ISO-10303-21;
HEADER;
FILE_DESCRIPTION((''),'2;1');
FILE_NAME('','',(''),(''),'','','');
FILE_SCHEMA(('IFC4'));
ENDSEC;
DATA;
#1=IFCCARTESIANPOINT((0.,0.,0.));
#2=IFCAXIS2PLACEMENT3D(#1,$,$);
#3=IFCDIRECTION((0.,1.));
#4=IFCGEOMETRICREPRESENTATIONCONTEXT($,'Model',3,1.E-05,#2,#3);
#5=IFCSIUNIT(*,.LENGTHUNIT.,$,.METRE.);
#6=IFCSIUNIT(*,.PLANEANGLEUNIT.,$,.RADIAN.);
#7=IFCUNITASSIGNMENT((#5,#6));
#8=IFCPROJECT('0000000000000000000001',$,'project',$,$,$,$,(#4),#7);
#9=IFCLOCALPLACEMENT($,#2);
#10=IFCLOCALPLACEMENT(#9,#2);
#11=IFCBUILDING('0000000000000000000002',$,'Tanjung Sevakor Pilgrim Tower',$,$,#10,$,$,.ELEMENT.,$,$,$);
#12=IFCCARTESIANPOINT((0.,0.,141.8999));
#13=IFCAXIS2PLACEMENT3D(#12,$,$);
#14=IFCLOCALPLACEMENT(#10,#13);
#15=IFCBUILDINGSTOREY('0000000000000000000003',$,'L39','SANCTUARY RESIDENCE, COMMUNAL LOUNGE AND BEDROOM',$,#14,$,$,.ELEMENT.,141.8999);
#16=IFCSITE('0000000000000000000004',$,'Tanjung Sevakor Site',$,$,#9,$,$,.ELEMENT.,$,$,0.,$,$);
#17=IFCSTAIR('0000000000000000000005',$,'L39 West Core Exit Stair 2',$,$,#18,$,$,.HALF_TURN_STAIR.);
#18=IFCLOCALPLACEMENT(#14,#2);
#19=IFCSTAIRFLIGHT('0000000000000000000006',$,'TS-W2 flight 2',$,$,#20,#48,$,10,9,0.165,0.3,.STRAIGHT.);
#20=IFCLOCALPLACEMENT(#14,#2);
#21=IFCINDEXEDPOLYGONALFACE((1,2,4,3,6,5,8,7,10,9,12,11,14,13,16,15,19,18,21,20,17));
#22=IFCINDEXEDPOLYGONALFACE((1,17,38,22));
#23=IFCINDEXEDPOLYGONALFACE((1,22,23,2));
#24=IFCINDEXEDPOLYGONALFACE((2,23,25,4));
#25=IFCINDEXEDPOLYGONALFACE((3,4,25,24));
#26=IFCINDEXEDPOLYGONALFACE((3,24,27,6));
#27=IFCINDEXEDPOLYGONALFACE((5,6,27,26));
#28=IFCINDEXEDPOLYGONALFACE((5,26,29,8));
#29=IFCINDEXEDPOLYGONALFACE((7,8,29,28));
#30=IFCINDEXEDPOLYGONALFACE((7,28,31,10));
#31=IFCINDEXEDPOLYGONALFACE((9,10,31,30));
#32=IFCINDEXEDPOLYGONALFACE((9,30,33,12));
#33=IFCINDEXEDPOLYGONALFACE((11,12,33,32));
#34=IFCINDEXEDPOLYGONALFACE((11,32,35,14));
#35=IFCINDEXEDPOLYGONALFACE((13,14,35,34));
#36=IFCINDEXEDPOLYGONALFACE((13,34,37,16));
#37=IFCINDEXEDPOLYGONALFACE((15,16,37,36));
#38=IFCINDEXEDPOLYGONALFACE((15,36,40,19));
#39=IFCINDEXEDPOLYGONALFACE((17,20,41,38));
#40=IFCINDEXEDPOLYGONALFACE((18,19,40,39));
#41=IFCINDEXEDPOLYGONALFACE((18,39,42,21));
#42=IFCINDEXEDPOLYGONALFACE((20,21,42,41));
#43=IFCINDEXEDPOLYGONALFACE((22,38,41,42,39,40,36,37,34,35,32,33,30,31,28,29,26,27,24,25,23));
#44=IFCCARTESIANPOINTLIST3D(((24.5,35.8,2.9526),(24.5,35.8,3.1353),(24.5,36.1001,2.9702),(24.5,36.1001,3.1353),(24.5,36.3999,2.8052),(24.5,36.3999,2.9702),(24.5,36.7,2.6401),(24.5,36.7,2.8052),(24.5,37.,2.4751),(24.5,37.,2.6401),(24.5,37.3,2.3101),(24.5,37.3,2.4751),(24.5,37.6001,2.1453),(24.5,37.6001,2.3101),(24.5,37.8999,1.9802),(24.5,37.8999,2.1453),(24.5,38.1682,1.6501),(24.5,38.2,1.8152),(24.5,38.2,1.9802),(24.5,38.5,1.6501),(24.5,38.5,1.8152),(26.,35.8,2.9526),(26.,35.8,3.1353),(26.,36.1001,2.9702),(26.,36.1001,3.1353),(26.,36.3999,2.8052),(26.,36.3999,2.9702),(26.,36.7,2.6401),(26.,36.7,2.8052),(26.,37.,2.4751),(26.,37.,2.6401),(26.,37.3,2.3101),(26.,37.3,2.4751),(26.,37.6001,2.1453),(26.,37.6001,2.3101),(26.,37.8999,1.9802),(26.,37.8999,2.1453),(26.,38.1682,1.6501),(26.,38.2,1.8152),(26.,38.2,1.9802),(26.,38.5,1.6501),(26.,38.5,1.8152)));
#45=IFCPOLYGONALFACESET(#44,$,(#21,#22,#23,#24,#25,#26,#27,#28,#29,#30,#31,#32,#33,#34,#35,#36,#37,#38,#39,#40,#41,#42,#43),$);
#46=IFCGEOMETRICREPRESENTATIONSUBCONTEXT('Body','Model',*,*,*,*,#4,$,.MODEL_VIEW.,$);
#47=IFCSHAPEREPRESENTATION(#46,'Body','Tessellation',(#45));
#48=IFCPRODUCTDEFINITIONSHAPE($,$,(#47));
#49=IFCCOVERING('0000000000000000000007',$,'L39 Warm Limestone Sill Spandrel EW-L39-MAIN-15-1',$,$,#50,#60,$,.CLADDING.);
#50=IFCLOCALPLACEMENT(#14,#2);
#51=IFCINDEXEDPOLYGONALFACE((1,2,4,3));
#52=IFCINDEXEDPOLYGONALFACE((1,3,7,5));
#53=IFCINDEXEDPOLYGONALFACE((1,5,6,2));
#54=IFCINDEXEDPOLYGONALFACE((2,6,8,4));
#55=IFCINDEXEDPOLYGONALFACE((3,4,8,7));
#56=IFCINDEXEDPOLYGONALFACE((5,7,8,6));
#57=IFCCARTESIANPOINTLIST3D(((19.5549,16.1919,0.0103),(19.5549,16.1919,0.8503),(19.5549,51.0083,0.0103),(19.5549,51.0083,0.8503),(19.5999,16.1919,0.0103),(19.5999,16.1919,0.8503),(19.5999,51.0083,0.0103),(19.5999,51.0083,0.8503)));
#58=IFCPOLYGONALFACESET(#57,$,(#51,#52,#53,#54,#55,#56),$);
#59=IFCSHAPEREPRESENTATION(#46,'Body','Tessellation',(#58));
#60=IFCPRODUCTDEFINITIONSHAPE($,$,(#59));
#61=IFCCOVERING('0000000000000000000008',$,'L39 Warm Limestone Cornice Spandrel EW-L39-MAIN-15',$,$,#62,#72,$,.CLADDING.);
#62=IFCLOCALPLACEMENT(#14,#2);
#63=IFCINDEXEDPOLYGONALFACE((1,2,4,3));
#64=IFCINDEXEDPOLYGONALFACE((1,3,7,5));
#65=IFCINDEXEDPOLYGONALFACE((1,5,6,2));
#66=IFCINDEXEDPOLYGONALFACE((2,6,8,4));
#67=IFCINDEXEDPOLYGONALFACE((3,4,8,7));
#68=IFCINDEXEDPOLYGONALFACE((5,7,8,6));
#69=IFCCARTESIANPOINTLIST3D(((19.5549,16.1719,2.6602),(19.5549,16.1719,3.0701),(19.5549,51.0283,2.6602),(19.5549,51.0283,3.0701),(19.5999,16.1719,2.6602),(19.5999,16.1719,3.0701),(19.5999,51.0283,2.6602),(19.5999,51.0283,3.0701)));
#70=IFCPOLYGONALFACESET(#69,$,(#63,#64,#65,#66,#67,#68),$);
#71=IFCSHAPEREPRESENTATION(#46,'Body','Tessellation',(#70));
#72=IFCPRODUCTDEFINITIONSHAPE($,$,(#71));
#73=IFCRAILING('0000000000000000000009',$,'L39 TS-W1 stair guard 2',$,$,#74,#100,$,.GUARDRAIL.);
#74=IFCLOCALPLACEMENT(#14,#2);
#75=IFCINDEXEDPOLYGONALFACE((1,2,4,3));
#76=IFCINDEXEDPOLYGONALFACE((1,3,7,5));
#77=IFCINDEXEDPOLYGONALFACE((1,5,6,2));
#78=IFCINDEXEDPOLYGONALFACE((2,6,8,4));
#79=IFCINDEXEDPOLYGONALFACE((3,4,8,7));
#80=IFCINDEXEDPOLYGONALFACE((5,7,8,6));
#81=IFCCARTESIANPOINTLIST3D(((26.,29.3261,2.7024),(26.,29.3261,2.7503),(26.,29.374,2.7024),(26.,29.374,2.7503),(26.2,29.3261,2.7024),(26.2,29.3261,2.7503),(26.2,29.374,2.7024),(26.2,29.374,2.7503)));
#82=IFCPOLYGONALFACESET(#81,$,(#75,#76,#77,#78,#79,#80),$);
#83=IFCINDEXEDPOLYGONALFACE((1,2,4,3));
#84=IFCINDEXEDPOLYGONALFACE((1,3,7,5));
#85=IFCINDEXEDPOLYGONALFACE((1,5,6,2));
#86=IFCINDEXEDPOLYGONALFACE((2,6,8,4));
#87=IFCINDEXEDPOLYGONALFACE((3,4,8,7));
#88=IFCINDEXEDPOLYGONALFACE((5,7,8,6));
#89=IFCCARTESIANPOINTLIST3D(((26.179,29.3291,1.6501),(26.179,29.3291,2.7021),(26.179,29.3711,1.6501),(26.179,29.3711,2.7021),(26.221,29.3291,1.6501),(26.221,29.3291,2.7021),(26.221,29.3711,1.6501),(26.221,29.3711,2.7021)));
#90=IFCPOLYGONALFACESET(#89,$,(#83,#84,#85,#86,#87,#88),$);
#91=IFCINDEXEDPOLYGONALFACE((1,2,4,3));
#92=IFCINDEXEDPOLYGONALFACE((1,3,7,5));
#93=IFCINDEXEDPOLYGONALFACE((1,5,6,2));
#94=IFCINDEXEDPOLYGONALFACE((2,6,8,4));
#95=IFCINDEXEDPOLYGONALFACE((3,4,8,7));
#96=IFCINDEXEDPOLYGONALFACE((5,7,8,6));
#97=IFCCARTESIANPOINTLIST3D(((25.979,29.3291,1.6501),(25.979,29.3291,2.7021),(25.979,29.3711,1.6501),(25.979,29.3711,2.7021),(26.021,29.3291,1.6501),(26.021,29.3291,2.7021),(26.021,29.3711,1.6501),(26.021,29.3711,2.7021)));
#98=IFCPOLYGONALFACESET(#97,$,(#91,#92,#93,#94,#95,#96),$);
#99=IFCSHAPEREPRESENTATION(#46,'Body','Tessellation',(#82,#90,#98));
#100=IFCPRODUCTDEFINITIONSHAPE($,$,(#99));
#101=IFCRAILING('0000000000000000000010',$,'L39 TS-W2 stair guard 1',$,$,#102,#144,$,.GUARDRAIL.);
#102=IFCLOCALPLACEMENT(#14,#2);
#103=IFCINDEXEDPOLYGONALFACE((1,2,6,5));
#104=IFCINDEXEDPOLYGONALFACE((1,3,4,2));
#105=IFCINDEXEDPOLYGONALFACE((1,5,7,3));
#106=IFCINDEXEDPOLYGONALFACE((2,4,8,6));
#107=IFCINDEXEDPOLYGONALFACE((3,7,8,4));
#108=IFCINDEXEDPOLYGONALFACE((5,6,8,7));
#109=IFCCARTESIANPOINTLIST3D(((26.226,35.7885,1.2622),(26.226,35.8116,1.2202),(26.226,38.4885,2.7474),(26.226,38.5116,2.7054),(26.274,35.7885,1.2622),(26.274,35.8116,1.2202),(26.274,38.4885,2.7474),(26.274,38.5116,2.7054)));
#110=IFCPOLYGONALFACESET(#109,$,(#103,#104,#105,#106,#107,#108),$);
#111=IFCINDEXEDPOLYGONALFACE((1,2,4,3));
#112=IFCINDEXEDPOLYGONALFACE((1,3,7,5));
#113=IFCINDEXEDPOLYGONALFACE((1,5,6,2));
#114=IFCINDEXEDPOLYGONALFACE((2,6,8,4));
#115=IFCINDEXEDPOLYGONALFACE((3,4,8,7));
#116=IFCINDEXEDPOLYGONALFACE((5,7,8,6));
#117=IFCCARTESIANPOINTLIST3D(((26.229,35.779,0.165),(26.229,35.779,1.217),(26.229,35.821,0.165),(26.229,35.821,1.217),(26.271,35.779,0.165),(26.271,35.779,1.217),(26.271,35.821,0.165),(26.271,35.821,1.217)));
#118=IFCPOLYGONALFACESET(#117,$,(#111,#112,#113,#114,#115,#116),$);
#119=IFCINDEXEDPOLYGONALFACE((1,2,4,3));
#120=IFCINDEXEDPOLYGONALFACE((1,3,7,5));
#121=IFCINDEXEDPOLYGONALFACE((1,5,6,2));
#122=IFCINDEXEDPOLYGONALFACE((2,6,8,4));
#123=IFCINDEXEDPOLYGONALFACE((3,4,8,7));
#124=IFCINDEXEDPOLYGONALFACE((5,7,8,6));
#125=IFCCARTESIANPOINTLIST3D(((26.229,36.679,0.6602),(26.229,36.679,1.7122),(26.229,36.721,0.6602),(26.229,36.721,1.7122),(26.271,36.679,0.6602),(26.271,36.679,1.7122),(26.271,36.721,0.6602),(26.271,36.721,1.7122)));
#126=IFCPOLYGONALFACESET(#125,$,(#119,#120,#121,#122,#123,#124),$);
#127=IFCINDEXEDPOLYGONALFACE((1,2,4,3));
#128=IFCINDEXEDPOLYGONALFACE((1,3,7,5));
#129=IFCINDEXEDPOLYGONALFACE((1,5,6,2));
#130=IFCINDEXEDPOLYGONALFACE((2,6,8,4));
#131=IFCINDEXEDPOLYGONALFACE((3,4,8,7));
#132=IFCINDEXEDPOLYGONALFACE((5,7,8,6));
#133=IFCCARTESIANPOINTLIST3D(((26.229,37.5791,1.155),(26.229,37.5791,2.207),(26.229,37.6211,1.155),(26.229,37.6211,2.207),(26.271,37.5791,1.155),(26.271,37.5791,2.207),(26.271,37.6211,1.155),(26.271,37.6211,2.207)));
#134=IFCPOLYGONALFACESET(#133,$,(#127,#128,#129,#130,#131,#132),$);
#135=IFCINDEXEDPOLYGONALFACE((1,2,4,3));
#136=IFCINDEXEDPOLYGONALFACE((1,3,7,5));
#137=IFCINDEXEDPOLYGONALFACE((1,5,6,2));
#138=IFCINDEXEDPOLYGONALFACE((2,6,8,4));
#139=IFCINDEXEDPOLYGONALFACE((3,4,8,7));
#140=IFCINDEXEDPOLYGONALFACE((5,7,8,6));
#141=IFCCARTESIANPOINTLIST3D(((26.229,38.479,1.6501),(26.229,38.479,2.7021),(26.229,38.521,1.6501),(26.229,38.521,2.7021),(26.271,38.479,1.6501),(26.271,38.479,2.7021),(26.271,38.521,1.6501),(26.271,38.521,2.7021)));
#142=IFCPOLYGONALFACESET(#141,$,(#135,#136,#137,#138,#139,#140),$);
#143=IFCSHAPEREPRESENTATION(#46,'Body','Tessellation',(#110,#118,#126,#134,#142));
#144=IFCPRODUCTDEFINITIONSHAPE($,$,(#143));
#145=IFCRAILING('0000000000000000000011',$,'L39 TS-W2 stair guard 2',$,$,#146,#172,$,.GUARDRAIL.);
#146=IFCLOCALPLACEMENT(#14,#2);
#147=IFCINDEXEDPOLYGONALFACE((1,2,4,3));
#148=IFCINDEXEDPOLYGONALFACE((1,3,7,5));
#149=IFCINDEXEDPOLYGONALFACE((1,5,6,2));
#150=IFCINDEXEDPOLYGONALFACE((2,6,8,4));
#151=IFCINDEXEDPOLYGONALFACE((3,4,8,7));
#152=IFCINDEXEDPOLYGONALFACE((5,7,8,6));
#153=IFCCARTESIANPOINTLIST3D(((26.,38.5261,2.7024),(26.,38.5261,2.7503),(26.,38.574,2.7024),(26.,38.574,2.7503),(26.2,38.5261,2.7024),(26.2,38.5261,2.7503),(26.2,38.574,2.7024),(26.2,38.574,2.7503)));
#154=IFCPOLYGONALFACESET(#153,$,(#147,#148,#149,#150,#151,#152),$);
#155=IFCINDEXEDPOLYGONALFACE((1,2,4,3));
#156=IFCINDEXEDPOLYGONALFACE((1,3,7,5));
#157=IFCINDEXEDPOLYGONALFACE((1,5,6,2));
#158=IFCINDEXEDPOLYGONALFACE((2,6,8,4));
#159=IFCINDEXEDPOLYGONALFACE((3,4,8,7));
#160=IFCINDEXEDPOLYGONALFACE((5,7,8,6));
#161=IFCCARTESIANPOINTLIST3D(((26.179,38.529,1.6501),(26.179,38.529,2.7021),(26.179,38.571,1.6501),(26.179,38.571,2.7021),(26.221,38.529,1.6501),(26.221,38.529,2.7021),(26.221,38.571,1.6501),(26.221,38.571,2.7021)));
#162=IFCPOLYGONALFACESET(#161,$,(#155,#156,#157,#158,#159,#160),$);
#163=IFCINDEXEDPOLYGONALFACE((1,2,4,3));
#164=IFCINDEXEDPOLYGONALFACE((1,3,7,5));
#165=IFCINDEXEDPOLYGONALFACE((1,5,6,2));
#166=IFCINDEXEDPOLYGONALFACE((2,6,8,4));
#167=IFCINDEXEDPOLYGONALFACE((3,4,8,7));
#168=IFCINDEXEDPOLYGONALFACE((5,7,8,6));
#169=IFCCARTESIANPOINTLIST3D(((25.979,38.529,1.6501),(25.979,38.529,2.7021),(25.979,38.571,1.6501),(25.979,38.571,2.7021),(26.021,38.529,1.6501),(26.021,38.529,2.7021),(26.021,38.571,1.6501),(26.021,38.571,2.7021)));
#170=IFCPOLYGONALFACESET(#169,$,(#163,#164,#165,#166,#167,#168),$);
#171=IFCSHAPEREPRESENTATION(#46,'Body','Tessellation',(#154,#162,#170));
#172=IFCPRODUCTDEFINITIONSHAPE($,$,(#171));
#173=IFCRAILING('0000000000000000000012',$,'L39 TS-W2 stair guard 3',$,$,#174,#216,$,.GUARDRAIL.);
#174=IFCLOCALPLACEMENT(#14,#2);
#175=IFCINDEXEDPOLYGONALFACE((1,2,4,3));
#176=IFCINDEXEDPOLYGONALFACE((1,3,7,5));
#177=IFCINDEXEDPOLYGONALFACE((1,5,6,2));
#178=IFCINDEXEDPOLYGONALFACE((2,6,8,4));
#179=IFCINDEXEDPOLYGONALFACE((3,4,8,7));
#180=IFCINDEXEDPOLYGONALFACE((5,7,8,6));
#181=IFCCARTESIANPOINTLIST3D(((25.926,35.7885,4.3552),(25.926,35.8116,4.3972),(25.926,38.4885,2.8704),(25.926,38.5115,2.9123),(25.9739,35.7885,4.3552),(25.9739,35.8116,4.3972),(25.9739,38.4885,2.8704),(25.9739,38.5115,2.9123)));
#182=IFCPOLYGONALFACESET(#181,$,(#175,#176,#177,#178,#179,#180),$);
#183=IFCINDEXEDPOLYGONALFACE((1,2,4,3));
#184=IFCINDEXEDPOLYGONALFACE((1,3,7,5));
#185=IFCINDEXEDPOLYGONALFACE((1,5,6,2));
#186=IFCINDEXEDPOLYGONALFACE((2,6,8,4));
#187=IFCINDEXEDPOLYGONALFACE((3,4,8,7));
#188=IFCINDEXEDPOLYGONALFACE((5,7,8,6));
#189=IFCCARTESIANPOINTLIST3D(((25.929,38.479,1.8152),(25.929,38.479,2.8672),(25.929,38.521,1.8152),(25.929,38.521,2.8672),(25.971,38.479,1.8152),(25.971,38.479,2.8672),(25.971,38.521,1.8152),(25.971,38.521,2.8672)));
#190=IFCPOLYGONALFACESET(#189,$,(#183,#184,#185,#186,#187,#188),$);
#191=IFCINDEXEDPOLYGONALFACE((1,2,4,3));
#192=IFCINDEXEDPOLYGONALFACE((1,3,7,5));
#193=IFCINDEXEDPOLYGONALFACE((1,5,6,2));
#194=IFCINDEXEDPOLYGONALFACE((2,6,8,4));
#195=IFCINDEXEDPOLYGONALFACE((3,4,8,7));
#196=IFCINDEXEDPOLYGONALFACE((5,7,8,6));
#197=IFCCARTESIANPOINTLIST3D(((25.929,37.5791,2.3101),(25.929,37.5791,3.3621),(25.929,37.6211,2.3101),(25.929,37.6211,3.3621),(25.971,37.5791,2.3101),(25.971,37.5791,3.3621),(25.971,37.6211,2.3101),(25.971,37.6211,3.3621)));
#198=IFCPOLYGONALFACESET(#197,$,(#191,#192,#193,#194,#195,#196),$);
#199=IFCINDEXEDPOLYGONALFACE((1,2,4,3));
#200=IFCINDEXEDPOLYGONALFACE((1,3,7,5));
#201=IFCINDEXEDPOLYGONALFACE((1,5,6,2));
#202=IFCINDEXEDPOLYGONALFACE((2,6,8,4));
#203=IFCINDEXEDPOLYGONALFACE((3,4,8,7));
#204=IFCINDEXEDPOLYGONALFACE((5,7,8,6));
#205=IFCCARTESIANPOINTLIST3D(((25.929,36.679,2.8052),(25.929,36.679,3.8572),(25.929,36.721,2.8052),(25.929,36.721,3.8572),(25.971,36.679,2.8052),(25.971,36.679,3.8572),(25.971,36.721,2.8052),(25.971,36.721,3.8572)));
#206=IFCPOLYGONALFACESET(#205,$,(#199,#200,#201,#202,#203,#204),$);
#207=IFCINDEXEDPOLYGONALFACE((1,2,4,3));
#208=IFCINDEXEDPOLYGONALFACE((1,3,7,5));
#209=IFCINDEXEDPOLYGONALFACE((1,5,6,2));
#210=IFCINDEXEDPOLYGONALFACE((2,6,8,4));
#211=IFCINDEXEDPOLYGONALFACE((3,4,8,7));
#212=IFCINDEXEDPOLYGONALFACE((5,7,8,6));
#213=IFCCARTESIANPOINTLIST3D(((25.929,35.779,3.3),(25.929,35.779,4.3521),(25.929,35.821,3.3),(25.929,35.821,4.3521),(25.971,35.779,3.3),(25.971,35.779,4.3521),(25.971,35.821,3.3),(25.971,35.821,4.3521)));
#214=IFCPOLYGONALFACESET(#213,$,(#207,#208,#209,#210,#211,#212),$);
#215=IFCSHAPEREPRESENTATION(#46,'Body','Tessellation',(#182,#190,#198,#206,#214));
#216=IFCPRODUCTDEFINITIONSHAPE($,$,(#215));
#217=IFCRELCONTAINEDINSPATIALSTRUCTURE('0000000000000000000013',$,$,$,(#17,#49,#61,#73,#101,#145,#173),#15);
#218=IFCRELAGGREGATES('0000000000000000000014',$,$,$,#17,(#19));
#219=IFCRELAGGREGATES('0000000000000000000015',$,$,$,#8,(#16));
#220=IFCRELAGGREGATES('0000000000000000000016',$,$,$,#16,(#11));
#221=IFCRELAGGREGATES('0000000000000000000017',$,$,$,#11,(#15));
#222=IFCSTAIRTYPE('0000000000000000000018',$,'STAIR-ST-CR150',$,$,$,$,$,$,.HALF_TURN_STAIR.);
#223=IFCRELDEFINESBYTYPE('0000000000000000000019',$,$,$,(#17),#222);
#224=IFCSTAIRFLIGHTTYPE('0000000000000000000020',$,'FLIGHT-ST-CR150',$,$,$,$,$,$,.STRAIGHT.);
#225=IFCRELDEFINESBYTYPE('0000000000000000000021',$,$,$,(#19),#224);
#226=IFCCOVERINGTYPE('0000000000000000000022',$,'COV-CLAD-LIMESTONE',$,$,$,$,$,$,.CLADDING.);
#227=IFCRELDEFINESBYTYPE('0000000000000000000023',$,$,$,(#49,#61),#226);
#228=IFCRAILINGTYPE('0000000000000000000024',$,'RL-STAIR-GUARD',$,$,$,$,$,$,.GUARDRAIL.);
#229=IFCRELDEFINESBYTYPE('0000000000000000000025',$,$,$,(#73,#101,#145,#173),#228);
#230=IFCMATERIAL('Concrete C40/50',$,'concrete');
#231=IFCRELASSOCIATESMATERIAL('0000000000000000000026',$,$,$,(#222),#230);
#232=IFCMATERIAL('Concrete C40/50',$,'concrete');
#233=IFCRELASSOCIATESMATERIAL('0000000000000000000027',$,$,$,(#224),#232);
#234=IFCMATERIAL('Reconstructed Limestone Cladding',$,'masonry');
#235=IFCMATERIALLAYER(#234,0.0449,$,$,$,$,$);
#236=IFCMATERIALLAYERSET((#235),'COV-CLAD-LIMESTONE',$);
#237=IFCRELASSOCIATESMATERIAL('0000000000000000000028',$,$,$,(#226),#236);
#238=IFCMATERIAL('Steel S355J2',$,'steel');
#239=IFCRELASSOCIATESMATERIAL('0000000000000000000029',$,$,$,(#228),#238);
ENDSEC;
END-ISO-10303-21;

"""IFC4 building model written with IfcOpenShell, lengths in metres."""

from ifc_helpers import new_model, si_unit, direction, frame, origin, origin_2d, place, context, subcontext, project, spatial, polyline, rectangle, outline, extrude, material, layer, layer_set, type_object, element, aggregate, save


model = new_model("IFC4")

# Units and contexts
model_context = context("Model", 3, precision=1e-05, world=origin(), true_north=direction((0.0, 1.0)))
body_context = subcontext(model_context, "Body", "Model", "MODEL_VIEW")
ifc_project = project(units=[si_unit("LENGTHUNIT", "METRE"), si_unit("PLANEANGLEUNIT", "RADIAN")], contexts=[model_context])

# Site, building, storey
site_placement = place(None, origin())
site = spatial("IfcSite", under=ifc_project, at=site_placement, Name="Tanjung Sevakor Site", CompositionType="ELEMENT", RefElevation=0.0)
building_placement = place(site_placement, origin())
building = spatial("IfcBuilding", under=site, at=building_placement, Name="Tanjung Sevakor Pilgrim Tower", CompositionType="ELEMENT")
storey_placement = place(building_placement, frame((0.0, 0.0, 141.8999)))
storey = spatial("IfcBuildingStorey", under=building, at=storey_placement, Name="L39", Description="SANCTUARY RESIDENCE, COMMUNAL LOUNGE AND BEDROOM", CompositionType="ELEMENT", Elevation=141.8999)

# Stair, stair flight
ifc_material_1 = material(Name="Concrete C40/50", Category="concrete")
stair_type = type_object("IfcStairType", Name="STAIR-ST-CR150", PredefinedType="HALF_TURN_STAIR", material=ifc_material_1)
stair_placement = place(storey_placement, origin())
stair = element("IfcStair", 1, at=stair_placement, inside=storey, type_object=stair_type, Name="L39 West Core Exit Stair 2", PredefinedType="HALF_TURN_STAIR")
ifc_material_2 = material(Name="Concrete C40/50", Category="concrete")
stair_flight_type = type_object("IfcStairFlightType", Name="FLIGHT-ST-CR150", PredefinedType="STRAIGHT", material=ifc_material_2)
stair_flight_1_placement = place(storey_placement, frame((25.25, 38.5, 1.6501), z_axis=(0.0, 0.0, 1.0), x_axis=(0.0, -1.0, 0.0)))
stair_flight_1 = element("IfcStairFlight", 2, at=stair_flight_1_placement, type_object=stair_flight_type, Name="TS-W2 flight 2", NumberOfRisers=10, NumberOfTreads=9, PredefinedType="STRAIGHT", RiserHeight=0.165, TreadLength=0.3, context=body_context, shape_type="SweptSolid", body=[
    extrude(outline(polyline([(0.0, 0.0), (0.0, 0.165), (0.3, 0.165), (0.3, 0.3301), (0.6001, 0.3301), (0.6001, 0.4951), (0.8999, 0.4951), (0.8999, 0.6599), (1.2, 0.6599), (1.2, 0.825), (1.5, 0.825), (1.5, 0.99), (1.8, 0.99), (1.8, 1.155), (2.1001, 1.155), (2.1001, 1.3201), (2.3999, 1.3201), (2.3999, 1.4851), (2.7, 1.4851), (2.7, 1.6499), (2.7, 1.3025), (0.3318, 0.0), (0.0, 0.0)])), frame((0.0, 0.75, 0.0), z_axis=(0.0, -1.0, 0.0), x_axis=(1.0, 0.0, 0.0)), (0.0, 0.0, 1.0), 1.5),
])
aggregate(stair, [stair_flight_1])

# Coverings
ifc_material_3 = material(Name="Reconstructed Limestone Cladding", Category="masonry")
ifc_layer_1 = layer(ifc_material_3, 0.0449)
ifc_layer_set_1 = layer_set([ifc_layer_1], Name="COV-CLAD-LIMESTONE")
covering_type = type_object("IfcCoveringType", Name="COV-CLAD-LIMESTONE", PredefinedType="CLADDING", material=ifc_layer_set_1)
covering_1_placement = place(storey_placement, frame((19.5774, 33.6001, 0.0103), z_axis=(0.0, 0.0, 1.0), x_axis=(0.0, -1.0, 0.0)))
element("IfcCovering", 3, at=covering_1_placement, inside=storey, type_object=covering_type, Name="L39 Warm Limestone Sill Spandrel EW-L39-MAIN-15-1", PredefinedType="CLADDING", context=body_context, shape_type="SweptSolid", body=[
    extrude(rectangle(XDim=34.8164, YDim=0.0449, at=origin_2d()), origin(), (0.0, 0.0, 1.0), 0.8401),
])
covering_2_placement = place(storey_placement, frame((19.5774, 33.6001, 2.6602), z_axis=(0.0, 0.0, 1.0), x_axis=(0.0, -1.0, 0.0)))
element("IfcCovering", 4, at=covering_2_placement, inside=storey, type_object=covering_type, Name="L39 Warm Limestone Cornice Spandrel EW-L39-MAIN-15", PredefinedType="CLADDING", context=body_context, shape_type="SweptSolid", body=[
    extrude(rectangle(XDim=34.8564, YDim=0.0449, at=origin_2d()), origin(), (0.0, 0.0, 1.0), 0.4099),
])

# Railings
ifc_material_4 = material(Name="Steel S355J2", Category="steel")
railing_type_1 = type_object("IfcRailingType", Name="RL-STAIR-GUARD", PredefinedType="GUARDRAIL", material=ifc_material_4)
railing_1_placement = place(storey_placement, frame((26.2, 29.3501, 1.6501)))
element("IfcRailing", 5, at=railing_1_placement, inside=storey, type_object=railing_type_1, Name="L39 TS-W1 stair guard 2", PredefinedType="GUARDRAIL", context=body_context, shape_type="SweptSolid", body=[
    extrude(rectangle(XDim=0.0479, YDim=0.0479), frame((0.0, 0.0, 1.0762), z_axis=(-1.0, 0.0, 0.0), x_axis=(0.0, -1.0, 0.0)), (0.0, 0.0, 1.0), 0.2),
    extrude(rectangle(XDim=0.042, YDim=0.042), origin(), (0.0, 0.0, 1.0), 1.052),
    extrude(rectangle(XDim=0.042, YDim=0.042), frame((-0.2, 0.0, 0.0)), (0.0, 0.0, 1.0), 1.052),
])
railing_2_placement = place(storey_placement, frame((26.25, 35.8, 0.165)))
element("IfcRailing", 6, at=railing_2_placement, inside=storey, type_object=railing_type_1, Name="L39 TS-W2 stair guard 1", PredefinedType="GUARDRAIL", context=body_context, shape_type="SweptSolid", body=[
    extrude(rectangle(XDim=0.0479, YDim=0.0479), frame((0.0, 0.0, 1.0762), z_axis=(0.0, 0.876198, 0.481952), x_axis=(-1.0, 0.0, 0.0)), (0.0, 0.0, 1.0), 3.0815),
    extrude(rectangle(XDim=0.042, YDim=0.042), origin(), (0.0, 0.0, 1.0), 1.052),
    extrude(rectangle(XDim=0.042, YDim=0.042), frame((0.0, 0.8999, 0.4951)), (0.0, 0.0, 1.0), 1.052),
    extrude(rectangle(XDim=0.042, YDim=0.042), frame((0.0, 1.8, 0.99)), (0.0, 0.0, 1.0), 1.052),
    extrude(rectangle(XDim=0.042, YDim=0.042), frame((0.0, 2.7, 1.4851)), (0.0, 0.0, 1.0), 1.052),
])
railing_3_placement = place(storey_placement, frame((26.2, 38.55, 1.6501)))
element("IfcRailing", 7, at=railing_3_placement, inside=storey, type_object=railing_type_1, Name="L39 TS-W2 stair guard 2", PredefinedType="GUARDRAIL", context=body_context, shape_type="SweptSolid", body=[
    extrude(rectangle(XDim=0.0479, YDim=0.0479), frame((0.0, 0.0, 1.0762), z_axis=(-1.0, 0.0, 0.0), x_axis=(0.0, -1.0, 0.0)), (0.0, 0.0, 1.0), 0.2),
    extrude(rectangle(XDim=0.042, YDim=0.042), origin(), (0.0, 0.0, 1.0), 1.052),
    extrude(rectangle(XDim=0.042, YDim=0.042), frame((-0.2, 0.0, 0.0)), (0.0, 0.0, 1.0), 1.052),
])
railing_4_placement = place(storey_placement, frame((25.95, 38.5, 1.8152)))
element("IfcRailing", 8, at=railing_4_placement, inside=storey, type_object=railing_type_1, Name="L39 TS-W2 stair guard 3", PredefinedType="GUARDRAIL", context=body_context, shape_type="SweptSolid", body=[
    extrude(rectangle(XDim=0.0479, YDim=0.0479), frame((0.0, 0.0, 1.0762), z_axis=(0.0, -0.876231, 0.481891), x_axis=(1.0, 0.0, 0.0)), (0.0, 0.0, 1.0), 3.0813),
    extrude(rectangle(XDim=0.042, YDim=0.042), origin(), (0.0, 0.0, 1.0), 1.052),
    extrude(rectangle(XDim=0.042, YDim=0.042), frame((0.0, -0.8999, 0.4949)), (0.0, 0.0, 1.0), 1.052),
    extrude(rectangle(XDim=0.042, YDim=0.042), frame((0.0, -1.8, 0.99)), (0.0, 0.0, 1.0), 1.052),
    extrude(rectangle(XDim=0.042, YDim=0.042), frame((0.0, -2.7, 1.4849)), (0.0, 0.0, 1.0), 1.052),
])

save(model, "model.ifc")
